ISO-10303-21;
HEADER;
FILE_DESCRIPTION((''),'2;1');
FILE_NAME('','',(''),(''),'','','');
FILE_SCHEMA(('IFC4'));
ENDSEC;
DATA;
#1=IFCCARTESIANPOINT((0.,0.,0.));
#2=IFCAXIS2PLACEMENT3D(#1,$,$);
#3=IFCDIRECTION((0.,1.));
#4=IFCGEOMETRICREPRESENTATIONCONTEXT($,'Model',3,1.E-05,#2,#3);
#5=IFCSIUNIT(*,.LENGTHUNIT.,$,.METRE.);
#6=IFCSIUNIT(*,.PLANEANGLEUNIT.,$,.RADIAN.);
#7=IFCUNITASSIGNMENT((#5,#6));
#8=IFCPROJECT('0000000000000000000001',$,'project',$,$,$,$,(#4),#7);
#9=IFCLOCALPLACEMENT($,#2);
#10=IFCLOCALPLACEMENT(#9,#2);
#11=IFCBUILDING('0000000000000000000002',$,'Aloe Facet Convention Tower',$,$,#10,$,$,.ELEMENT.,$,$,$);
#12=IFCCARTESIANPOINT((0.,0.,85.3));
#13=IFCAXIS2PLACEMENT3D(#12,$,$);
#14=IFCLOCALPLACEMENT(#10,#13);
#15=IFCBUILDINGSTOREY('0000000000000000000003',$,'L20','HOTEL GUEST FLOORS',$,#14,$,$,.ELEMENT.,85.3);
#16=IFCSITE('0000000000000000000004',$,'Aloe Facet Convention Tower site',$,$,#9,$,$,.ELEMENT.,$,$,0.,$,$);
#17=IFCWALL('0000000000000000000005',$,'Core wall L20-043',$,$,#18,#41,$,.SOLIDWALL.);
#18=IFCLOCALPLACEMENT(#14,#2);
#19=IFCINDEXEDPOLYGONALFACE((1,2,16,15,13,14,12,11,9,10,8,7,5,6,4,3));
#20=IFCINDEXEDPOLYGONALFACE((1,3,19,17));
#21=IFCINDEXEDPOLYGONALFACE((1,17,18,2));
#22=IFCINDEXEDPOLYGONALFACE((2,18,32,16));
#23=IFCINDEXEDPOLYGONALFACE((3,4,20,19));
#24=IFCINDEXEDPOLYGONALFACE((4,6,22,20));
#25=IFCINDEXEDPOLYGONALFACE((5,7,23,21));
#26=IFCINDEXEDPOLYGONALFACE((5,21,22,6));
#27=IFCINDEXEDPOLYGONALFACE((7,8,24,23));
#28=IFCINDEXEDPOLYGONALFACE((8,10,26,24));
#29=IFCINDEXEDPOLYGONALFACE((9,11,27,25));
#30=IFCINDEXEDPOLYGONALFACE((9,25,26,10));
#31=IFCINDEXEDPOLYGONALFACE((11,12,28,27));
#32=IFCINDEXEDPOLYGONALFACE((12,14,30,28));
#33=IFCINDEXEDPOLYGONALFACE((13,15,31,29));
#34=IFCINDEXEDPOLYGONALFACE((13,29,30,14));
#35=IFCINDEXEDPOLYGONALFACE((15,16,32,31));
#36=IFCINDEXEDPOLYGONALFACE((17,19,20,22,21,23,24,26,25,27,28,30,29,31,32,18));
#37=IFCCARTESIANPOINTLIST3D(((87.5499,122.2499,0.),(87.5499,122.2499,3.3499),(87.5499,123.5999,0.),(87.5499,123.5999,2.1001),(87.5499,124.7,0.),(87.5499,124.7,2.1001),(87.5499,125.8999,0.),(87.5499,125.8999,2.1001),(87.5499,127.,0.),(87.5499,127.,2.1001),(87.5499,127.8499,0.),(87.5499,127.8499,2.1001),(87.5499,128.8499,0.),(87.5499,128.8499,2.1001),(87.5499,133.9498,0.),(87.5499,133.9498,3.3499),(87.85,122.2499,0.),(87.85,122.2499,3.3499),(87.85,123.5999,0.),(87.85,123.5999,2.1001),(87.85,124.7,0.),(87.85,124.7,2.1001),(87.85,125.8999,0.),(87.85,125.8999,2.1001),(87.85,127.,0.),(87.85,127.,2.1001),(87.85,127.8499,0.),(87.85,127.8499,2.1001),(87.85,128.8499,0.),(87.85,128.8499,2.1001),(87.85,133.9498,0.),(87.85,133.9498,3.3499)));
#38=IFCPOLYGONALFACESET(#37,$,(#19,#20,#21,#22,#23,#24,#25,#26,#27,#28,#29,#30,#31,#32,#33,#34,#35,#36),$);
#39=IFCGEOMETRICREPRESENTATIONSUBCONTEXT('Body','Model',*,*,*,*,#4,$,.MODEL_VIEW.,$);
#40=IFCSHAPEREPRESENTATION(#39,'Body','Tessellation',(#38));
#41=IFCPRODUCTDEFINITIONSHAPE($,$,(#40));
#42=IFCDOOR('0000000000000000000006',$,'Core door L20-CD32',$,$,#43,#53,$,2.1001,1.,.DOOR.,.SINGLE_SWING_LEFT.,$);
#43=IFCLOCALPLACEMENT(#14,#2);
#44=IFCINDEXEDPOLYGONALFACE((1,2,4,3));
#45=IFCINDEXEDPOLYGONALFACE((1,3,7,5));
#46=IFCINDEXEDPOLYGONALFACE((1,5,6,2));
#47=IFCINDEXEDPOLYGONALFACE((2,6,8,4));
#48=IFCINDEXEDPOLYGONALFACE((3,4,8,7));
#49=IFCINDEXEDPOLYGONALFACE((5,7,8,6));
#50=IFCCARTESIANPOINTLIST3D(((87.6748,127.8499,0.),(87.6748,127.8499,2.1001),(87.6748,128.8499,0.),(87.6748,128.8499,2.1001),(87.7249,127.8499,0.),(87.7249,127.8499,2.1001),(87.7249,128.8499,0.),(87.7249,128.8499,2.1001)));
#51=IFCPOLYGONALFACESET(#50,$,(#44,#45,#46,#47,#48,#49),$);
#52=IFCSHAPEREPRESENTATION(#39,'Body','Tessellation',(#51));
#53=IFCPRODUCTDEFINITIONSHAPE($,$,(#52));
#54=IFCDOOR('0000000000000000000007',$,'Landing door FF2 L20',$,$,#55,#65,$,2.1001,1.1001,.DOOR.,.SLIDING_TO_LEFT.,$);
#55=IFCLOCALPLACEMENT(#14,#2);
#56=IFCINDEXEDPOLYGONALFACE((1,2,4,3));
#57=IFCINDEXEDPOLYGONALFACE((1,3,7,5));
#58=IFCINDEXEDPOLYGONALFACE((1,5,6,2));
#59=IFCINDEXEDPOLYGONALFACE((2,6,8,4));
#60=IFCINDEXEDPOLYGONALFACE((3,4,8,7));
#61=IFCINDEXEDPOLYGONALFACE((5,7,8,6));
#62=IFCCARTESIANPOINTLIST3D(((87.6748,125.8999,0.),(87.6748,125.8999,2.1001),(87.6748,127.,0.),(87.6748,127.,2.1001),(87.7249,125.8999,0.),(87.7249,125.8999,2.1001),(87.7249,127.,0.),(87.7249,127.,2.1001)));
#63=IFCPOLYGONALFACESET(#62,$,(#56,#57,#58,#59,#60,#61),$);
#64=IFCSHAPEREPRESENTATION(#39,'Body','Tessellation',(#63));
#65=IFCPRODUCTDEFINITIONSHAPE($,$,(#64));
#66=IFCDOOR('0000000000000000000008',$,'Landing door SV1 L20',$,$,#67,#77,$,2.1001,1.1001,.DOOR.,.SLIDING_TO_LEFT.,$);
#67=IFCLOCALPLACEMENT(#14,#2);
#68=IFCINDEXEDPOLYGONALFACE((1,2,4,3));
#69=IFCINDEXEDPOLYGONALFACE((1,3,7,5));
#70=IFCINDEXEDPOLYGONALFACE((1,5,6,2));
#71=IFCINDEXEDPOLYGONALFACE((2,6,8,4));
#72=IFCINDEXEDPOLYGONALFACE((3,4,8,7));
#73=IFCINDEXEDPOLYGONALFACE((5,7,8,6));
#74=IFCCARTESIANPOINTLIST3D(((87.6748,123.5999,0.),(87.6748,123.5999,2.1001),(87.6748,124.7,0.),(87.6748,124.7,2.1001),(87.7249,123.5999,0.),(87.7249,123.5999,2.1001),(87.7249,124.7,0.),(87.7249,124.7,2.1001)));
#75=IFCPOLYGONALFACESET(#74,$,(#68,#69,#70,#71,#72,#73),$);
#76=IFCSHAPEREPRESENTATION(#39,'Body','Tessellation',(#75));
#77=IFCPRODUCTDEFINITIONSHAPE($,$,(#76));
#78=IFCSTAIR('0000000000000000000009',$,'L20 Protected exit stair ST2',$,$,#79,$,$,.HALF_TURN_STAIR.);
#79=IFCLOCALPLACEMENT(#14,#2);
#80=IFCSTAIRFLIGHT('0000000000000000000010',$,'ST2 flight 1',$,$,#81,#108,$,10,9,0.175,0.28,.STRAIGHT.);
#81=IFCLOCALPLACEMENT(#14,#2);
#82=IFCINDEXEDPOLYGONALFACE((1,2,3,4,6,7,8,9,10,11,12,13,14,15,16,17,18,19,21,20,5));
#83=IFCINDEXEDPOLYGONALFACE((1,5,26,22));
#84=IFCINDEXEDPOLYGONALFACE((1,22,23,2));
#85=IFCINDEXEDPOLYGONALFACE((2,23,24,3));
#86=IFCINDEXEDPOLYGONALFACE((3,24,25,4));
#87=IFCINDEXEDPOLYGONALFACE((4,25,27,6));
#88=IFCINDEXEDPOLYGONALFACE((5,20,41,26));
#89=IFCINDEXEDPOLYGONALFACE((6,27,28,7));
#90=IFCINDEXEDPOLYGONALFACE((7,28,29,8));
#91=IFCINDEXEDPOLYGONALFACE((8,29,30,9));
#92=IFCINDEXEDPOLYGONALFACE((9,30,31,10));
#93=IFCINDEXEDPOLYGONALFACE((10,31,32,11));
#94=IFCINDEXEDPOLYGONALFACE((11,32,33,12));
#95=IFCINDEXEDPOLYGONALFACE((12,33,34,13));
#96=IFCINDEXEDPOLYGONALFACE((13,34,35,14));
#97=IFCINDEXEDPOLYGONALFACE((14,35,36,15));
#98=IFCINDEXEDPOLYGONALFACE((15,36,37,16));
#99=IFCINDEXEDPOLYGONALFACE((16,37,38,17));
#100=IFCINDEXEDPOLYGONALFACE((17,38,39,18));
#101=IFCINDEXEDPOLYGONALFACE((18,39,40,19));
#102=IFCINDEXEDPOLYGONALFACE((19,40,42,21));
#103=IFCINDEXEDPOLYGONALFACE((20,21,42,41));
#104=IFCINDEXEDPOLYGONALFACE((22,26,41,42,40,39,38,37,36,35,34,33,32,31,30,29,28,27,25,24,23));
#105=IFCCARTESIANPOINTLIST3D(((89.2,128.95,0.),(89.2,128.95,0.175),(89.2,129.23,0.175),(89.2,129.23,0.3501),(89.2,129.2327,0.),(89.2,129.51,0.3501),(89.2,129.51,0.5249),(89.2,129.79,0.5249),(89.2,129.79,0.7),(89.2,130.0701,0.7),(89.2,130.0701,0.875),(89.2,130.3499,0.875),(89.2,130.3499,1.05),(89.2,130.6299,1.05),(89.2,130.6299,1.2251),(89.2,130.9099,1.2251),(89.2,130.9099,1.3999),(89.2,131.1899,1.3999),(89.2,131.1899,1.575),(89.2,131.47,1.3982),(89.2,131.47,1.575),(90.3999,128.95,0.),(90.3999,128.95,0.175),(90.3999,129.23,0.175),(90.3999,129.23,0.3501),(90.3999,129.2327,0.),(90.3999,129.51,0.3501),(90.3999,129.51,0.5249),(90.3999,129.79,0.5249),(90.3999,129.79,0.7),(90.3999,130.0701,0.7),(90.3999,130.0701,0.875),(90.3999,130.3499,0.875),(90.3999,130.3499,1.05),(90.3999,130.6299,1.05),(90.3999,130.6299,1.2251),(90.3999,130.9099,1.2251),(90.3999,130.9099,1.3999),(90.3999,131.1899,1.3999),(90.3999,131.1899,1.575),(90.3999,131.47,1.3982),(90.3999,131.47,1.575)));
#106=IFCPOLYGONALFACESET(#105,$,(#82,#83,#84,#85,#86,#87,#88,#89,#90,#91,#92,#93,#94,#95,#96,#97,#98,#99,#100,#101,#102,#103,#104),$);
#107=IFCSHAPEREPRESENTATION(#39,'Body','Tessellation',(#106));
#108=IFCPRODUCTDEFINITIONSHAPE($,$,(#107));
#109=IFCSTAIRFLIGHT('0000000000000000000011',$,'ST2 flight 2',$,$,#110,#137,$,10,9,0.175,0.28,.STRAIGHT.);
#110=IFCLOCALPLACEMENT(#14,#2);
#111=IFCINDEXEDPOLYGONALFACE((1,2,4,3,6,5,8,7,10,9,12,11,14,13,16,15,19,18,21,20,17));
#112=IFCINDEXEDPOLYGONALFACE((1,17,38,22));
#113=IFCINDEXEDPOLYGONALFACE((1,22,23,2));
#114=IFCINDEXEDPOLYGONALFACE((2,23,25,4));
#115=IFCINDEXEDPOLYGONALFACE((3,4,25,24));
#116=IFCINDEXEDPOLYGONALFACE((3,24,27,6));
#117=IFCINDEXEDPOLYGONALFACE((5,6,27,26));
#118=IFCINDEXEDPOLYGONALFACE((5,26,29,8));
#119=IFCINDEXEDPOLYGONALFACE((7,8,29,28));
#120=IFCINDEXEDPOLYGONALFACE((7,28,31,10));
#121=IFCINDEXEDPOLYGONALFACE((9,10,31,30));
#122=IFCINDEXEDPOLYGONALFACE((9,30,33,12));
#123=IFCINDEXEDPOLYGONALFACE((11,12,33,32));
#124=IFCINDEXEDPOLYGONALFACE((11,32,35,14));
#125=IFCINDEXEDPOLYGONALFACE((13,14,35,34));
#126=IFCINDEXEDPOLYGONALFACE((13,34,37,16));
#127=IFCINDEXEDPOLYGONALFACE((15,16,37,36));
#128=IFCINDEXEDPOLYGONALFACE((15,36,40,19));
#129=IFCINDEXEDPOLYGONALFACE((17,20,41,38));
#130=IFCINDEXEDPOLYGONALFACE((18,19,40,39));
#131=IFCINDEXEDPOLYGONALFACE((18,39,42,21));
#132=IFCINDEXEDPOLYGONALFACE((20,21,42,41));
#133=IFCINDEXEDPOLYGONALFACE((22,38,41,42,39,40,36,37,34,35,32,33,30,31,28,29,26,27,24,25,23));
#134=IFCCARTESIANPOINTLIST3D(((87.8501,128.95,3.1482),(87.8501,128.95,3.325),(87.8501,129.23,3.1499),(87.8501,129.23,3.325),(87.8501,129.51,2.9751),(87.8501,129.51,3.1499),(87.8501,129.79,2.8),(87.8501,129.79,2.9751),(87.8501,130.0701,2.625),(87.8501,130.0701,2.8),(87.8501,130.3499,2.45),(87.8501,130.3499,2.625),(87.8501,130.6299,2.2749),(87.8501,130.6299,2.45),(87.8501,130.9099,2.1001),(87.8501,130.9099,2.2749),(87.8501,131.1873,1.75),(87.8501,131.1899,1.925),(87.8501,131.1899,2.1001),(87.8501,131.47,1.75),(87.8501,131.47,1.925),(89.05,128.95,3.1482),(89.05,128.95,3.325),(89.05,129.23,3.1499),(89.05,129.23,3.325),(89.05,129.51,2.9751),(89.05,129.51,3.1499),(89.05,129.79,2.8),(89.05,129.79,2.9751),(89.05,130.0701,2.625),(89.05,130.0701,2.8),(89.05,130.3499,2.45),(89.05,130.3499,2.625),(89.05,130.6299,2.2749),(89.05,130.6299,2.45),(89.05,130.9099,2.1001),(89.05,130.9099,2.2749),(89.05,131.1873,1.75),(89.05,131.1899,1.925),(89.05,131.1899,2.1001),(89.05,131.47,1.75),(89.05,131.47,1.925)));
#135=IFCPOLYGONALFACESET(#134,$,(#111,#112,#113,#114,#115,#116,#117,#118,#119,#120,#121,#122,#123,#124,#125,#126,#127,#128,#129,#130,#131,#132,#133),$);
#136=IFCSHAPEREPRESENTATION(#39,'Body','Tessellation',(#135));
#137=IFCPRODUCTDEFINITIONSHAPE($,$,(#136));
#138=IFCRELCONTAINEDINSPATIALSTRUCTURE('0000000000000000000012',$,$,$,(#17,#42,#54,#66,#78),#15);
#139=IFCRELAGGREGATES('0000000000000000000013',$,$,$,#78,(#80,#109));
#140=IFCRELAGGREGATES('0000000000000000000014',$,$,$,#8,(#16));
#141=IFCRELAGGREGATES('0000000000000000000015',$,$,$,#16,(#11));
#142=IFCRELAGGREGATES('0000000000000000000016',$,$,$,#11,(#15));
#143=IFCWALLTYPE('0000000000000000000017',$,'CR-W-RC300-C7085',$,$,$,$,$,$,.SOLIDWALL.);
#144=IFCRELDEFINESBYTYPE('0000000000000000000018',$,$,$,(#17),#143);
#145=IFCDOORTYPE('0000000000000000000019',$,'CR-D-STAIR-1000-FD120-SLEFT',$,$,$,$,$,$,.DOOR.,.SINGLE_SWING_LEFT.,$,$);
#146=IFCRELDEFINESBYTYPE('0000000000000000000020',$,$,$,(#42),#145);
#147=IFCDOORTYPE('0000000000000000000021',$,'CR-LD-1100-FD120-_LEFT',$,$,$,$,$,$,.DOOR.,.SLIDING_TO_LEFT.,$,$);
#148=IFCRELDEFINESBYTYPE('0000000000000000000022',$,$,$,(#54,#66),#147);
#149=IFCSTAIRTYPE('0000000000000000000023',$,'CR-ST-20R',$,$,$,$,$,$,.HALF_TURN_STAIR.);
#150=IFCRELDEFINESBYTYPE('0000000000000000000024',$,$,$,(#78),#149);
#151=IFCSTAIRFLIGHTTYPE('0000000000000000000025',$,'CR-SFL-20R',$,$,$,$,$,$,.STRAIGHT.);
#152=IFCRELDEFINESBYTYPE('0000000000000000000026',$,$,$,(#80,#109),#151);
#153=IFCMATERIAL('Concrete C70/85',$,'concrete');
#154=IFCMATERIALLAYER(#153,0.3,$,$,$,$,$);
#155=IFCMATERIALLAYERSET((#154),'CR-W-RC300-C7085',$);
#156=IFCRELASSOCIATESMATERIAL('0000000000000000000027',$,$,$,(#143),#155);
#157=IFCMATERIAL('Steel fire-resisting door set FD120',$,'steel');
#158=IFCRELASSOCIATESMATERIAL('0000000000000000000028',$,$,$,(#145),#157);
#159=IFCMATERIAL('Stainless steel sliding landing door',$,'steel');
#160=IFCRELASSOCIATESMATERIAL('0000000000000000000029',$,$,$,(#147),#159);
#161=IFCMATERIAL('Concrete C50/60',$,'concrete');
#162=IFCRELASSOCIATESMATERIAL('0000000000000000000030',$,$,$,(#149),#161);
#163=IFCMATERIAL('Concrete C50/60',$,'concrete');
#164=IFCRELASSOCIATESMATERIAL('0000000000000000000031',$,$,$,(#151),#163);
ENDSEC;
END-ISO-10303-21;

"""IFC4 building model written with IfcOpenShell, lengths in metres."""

from ifc_helpers import new_model, si_unit, direction, frame, frame_2d, origin, place, context, subcontext, project, spatial, polyline, rectangle, outline, extrude, material, layer, layer_set, type_object, element, fill, aggregate, save


model = new_model("IFC4")

# Units and contexts
model_context = context("Model", 3, precision=1e-05, world=origin(), true_north=direction((0.0, 1.0)))
body_context = subcontext(model_context, "Body", "Model", "MODEL_VIEW")
ifc_project = project(units=[si_unit("LENGTHUNIT", "METRE"), si_unit("PLANEANGLEUNIT", "RADIAN")], contexts=[model_context])

# Site, building, storey
site_placement = place(None, origin())
site = spatial("IfcSite", under=ifc_project, at=site_placement, Name="Aloe Facet Convention Tower site", CompositionType="ELEMENT", RefElevation=0.0)
building_placement = place(site_placement, origin())
building = spatial("IfcBuilding", under=site, at=building_placement, Name="Aloe Facet Convention Tower", CompositionType="ELEMENT")
storey_placement = place(building_placement, frame((0.0, 0.0, 85.3)))
storey = spatial("IfcBuildingStorey", under=building, at=storey_placement, Name="L20", Description="HOTEL GUEST FLOORS", CompositionType="ELEMENT", Elevation=85.3)

# Shared definitions
ifc_material_1 = material(Name="Concrete C70/85", Category="concrete")
ifc_layer_1 = layer(ifc_material_1, 0.3)
ifc_layer_set_1 = layer_set([ifc_layer_1], Name="CR-W-RC300-C7085")
wall_type_1 = type_object("IfcWallType", Name="CR-W-RC300-C7085", PredefinedType="SOLIDWALL", material=ifc_layer_set_1)

# Wall, openings, doors
wall_1_placement = place(storey_placement, frame((87.7, 133.95, 0.0), z_axis=(0.0, 0.0, 1.0), x_axis=(0.0, -1.0, 0.0)))
wall_1 = element("IfcWall", 1, at=wall_1_placement, inside=storey, type_object=wall_type_1, Name="Core wall L20-043", PredefinedType="SOLIDWALL", context=body_context, shape_type="SweptSolid", body=[
    extrude(rectangle(XDim=11.7, YDim=0.3, at=frame_2d((5.8501, 0.0))), origin(), (0.0, 0.0, 1.0), 3.3499),
])
opening_1_placement = place(wall_1_placement, frame((6.95, 0.0, 0.0)))
opening_1 = element("IfcOpeningElement", 2, at=opening_1_placement, cuts=wall_1, PredefinedType="OPENING", context=body_context, shape_type="SweptSolid", body=[
    extrude(rectangle(XDim=1.1001, YDim=2.1001, at=frame_2d((0.55, 1.05))), frame((0.0, 0.1602, 0.0), z_axis=(0.0, -1.0, 0.0), x_axis=(1.0, 0.0, 0.0)), (0.0, 0.0, 1.0), 0.3201),
])
opening_2_placement = place(wall_1_placement, frame((5.1001, 0.0, 0.0)))
opening_2 = element("IfcOpeningElement", 3, at=opening_2_placement, cuts=wall_1, PredefinedType="OPENING", context=body_context, shape_type="SweptSolid", body=[
    extrude(rectangle(XDim=1.0, YDim=2.1001, at=frame_2d((0.5, 1.05))), frame((0.0, 0.1602, 0.0), z_axis=(0.0, -1.0, 0.0), x_axis=(1.0, 0.0, 0.0)), (0.0, 0.0, 1.0), 0.3201),
])
opening_3_placement = place(wall_1_placement, frame((9.25, 0.0, 0.0)))
opening_3 = element("IfcOpeningElement", 4, at=opening_3_placement, cuts=wall_1, PredefinedType="OPENING", context=body_context, shape_type="SweptSolid", body=[
    extrude(rectangle(XDim=1.1001, YDim=2.1001, at=frame_2d((0.55, 1.05))), frame((0.0, 0.1602, 0.0), z_axis=(0.0, -1.0, 0.0), x_axis=(1.0, 0.0, 0.0)), (0.0, 0.0, 1.0), 0.3201),
])
ifc_material_2 = material(Name="Steel fire-resisting door set FD120", Category="steel")
door_type_1 = type_object("IfcDoorType", Name="CR-D-STAIR-1000-FD120-SLEFT", OperationType="SINGLE_SWING_LEFT", PredefinedType="DOOR", material=ifc_material_2)
door_1_placement = place(opening_2_placement, origin())
door_1 = element("IfcDoor", 5, at=door_1_placement, inside=storey, type_object=door_type_1, Name="Core door L20-CD32", OperationType="SINGLE_SWING_LEFT", OverallHeight=2.1001, OverallWidth=1.0, PredefinedType="DOOR", context=body_context, shape_type="SweptSolid", body=[
    extrude(rectangle(XDim=1.0, YDim=2.1001, at=frame_2d((0.5, 1.05))), frame((0.0, 0.0249, 0.0), z_axis=(0.0, -1.0, 0.0), x_axis=(1.0, 0.0, 0.0)), (0.0, 0.0, 1.0), 0.05),
])
fill(opening_2, door_1)
ifc_material_3 = material(Name="Stainless steel sliding landing door", Category="steel")
door_type_2 = type_object("IfcDoorType", Name="CR-LD-1100-FD120-_LEFT", OperationType="SLIDING_TO_LEFT", PredefinedType="DOOR", material=ifc_material_3)
door_2_placement = place(opening_1_placement, origin())
door_2 = element("IfcDoor", 6, at=door_2_placement, inside=storey, type_object=door_type_2, Name="Landing door FF2 L20", OperationType="SLIDING_TO_LEFT", OverallHeight=2.1001, OverallWidth=1.1001, PredefinedType="DOOR", context=body_context, shape_type="SweptSolid", body=[
    extrude(rectangle(XDim=1.1001, YDim=2.1001, at=frame_2d((0.55, 1.05))), frame((0.0, 0.0249, 0.0), z_axis=(0.0, -1.0, 0.0), x_axis=(1.0, 0.0, 0.0)), (0.0, 0.0, 1.0), 0.05),
])
fill(opening_1, door_2)
door_3_placement = place(opening_3_placement, origin())
door_3 = element("IfcDoor", 7, at=door_3_placement, inside=storey, type_object=door_type_2, Name="Landing door SV1 L20", OperationType="SLIDING_TO_LEFT", OverallHeight=2.1001, OverallWidth=1.1001, PredefinedType="DOOR", context=body_context, shape_type="SweptSolid", body=[
    extrude(rectangle(XDim=1.1001, YDim=2.1001, at=frame_2d((0.55, 1.05))), frame((0.0, 0.0249, 0.0), z_axis=(0.0, -1.0, 0.0), x_axis=(1.0, 0.0, 0.0)), (0.0, 0.0, 1.0), 0.05),
])
fill(opening_3, door_3)

# Stair, stair flights
ifc_material_4 = material(Name="Concrete C50/60", Category="concrete")
stair_type = type_object("IfcStairType", Name="CR-ST-20R", PredefinedType="HALF_TURN_STAIR", material=ifc_material_4)
stair_placement = place(storey_placement, origin())
stair = element("IfcStair", 8, at=stair_placement, inside=storey, type_object=stair_type, Name="L20 Protected exit stair ST2", PredefinedType="HALF_TURN_STAIR")
ifc_material_5 = material(Name="Concrete C50/60", Category="concrete")
stair_flight_type = type_object("IfcStairFlightType", Name="CR-SFL-20R", PredefinedType="STRAIGHT", material=ifc_material_5)
stair_flight_1_placement = place(storey_placement, frame((89.8, 128.95, 0.0), z_axis=(0.0, 0.0, 1.0), x_axis=(0.0, 1.0, 0.0)))
stair_flight_1 = element("IfcStairFlight", 9, at=stair_flight_1_placement, type_object=stair_flight_type, Name="ST2 flight 1", NumberOfRisers=10, NumberOfTreads=9, PredefinedType="STRAIGHT", RiserHeight=0.175, TreadLength=0.28, context=body_context, shape_type="SweptSolid", body=[
    extrude(outline(polyline([(0.0, 0.0), (0.0, 0.175), (0.28, 0.175), (0.28, 0.3501), (0.5601, 0.3501), (0.5601, 0.5249), (0.8401, 0.5249), (0.8401, 0.7), (1.1201, 0.7), (1.1201, 0.875), (1.3999, 0.875), (1.3999, 1.05), (1.6799, 1.05), (1.6799, 1.2251), (1.96, 1.2251), (1.96, 1.3999), (2.24, 1.3999), (2.24, 1.575), (2.52, 1.575), (2.52, 1.75), (2.52, 1.3982), (0.2827, 0.0), (0.0, 0.0)])), frame((0.0, 0.6001, 0.0), z_axis=(0.0, -1.0, 0.0), x_axis=(1.0, 0.0, 0.0)), (0.0, 0.0, 1.0), 1.2),
])
stair_flight_2_placement = place(storey_placement, frame((88.45, 131.47, 1.75), z_axis=(0.0, 0.0, 1.0), x_axis=(0.0, -1.0, 0.0)))
stair_flight_2 = element("IfcStairFlight", 10, at=stair_flight_2_placement, type_object=stair_flight_type, Name="ST2 flight 2", NumberOfRisers=10, NumberOfTreads=9, PredefinedType="STRAIGHT", RiserHeight=0.175, TreadLength=0.28, context=body_context, shape_type="SweptSolid", body=[
    extrude(outline(polyline([(0.0, 0.0), (0.0, 0.175), (0.28, 0.175), (0.28, 0.3501), (0.5601, 0.3501), (0.5601, 0.5249), (0.8401, 0.5249), (0.8401, 0.7), (1.1201, 0.7), (1.1201, 0.875), (1.3999, 0.875), (1.3999, 1.05), (1.6799, 1.05), (1.6799, 1.2251), (1.96, 1.2251), (1.96, 1.3999), (2.24, 1.3999), (2.24, 1.575), (2.52, 1.575), (2.52, 1.75), (2.52, 1.3982), (0.2827, 0.0), (0.0, 0.0)])), frame((0.0, 0.6001, 0.0), z_axis=(0.0, -1.0, 0.0), x_axis=(1.0, 0.0, 0.0)), (0.0, 0.0, 1.0), 1.2),
])
aggregate(stair, [stair_flight_1, stair_flight_2])

save(model, "model.ifc")
